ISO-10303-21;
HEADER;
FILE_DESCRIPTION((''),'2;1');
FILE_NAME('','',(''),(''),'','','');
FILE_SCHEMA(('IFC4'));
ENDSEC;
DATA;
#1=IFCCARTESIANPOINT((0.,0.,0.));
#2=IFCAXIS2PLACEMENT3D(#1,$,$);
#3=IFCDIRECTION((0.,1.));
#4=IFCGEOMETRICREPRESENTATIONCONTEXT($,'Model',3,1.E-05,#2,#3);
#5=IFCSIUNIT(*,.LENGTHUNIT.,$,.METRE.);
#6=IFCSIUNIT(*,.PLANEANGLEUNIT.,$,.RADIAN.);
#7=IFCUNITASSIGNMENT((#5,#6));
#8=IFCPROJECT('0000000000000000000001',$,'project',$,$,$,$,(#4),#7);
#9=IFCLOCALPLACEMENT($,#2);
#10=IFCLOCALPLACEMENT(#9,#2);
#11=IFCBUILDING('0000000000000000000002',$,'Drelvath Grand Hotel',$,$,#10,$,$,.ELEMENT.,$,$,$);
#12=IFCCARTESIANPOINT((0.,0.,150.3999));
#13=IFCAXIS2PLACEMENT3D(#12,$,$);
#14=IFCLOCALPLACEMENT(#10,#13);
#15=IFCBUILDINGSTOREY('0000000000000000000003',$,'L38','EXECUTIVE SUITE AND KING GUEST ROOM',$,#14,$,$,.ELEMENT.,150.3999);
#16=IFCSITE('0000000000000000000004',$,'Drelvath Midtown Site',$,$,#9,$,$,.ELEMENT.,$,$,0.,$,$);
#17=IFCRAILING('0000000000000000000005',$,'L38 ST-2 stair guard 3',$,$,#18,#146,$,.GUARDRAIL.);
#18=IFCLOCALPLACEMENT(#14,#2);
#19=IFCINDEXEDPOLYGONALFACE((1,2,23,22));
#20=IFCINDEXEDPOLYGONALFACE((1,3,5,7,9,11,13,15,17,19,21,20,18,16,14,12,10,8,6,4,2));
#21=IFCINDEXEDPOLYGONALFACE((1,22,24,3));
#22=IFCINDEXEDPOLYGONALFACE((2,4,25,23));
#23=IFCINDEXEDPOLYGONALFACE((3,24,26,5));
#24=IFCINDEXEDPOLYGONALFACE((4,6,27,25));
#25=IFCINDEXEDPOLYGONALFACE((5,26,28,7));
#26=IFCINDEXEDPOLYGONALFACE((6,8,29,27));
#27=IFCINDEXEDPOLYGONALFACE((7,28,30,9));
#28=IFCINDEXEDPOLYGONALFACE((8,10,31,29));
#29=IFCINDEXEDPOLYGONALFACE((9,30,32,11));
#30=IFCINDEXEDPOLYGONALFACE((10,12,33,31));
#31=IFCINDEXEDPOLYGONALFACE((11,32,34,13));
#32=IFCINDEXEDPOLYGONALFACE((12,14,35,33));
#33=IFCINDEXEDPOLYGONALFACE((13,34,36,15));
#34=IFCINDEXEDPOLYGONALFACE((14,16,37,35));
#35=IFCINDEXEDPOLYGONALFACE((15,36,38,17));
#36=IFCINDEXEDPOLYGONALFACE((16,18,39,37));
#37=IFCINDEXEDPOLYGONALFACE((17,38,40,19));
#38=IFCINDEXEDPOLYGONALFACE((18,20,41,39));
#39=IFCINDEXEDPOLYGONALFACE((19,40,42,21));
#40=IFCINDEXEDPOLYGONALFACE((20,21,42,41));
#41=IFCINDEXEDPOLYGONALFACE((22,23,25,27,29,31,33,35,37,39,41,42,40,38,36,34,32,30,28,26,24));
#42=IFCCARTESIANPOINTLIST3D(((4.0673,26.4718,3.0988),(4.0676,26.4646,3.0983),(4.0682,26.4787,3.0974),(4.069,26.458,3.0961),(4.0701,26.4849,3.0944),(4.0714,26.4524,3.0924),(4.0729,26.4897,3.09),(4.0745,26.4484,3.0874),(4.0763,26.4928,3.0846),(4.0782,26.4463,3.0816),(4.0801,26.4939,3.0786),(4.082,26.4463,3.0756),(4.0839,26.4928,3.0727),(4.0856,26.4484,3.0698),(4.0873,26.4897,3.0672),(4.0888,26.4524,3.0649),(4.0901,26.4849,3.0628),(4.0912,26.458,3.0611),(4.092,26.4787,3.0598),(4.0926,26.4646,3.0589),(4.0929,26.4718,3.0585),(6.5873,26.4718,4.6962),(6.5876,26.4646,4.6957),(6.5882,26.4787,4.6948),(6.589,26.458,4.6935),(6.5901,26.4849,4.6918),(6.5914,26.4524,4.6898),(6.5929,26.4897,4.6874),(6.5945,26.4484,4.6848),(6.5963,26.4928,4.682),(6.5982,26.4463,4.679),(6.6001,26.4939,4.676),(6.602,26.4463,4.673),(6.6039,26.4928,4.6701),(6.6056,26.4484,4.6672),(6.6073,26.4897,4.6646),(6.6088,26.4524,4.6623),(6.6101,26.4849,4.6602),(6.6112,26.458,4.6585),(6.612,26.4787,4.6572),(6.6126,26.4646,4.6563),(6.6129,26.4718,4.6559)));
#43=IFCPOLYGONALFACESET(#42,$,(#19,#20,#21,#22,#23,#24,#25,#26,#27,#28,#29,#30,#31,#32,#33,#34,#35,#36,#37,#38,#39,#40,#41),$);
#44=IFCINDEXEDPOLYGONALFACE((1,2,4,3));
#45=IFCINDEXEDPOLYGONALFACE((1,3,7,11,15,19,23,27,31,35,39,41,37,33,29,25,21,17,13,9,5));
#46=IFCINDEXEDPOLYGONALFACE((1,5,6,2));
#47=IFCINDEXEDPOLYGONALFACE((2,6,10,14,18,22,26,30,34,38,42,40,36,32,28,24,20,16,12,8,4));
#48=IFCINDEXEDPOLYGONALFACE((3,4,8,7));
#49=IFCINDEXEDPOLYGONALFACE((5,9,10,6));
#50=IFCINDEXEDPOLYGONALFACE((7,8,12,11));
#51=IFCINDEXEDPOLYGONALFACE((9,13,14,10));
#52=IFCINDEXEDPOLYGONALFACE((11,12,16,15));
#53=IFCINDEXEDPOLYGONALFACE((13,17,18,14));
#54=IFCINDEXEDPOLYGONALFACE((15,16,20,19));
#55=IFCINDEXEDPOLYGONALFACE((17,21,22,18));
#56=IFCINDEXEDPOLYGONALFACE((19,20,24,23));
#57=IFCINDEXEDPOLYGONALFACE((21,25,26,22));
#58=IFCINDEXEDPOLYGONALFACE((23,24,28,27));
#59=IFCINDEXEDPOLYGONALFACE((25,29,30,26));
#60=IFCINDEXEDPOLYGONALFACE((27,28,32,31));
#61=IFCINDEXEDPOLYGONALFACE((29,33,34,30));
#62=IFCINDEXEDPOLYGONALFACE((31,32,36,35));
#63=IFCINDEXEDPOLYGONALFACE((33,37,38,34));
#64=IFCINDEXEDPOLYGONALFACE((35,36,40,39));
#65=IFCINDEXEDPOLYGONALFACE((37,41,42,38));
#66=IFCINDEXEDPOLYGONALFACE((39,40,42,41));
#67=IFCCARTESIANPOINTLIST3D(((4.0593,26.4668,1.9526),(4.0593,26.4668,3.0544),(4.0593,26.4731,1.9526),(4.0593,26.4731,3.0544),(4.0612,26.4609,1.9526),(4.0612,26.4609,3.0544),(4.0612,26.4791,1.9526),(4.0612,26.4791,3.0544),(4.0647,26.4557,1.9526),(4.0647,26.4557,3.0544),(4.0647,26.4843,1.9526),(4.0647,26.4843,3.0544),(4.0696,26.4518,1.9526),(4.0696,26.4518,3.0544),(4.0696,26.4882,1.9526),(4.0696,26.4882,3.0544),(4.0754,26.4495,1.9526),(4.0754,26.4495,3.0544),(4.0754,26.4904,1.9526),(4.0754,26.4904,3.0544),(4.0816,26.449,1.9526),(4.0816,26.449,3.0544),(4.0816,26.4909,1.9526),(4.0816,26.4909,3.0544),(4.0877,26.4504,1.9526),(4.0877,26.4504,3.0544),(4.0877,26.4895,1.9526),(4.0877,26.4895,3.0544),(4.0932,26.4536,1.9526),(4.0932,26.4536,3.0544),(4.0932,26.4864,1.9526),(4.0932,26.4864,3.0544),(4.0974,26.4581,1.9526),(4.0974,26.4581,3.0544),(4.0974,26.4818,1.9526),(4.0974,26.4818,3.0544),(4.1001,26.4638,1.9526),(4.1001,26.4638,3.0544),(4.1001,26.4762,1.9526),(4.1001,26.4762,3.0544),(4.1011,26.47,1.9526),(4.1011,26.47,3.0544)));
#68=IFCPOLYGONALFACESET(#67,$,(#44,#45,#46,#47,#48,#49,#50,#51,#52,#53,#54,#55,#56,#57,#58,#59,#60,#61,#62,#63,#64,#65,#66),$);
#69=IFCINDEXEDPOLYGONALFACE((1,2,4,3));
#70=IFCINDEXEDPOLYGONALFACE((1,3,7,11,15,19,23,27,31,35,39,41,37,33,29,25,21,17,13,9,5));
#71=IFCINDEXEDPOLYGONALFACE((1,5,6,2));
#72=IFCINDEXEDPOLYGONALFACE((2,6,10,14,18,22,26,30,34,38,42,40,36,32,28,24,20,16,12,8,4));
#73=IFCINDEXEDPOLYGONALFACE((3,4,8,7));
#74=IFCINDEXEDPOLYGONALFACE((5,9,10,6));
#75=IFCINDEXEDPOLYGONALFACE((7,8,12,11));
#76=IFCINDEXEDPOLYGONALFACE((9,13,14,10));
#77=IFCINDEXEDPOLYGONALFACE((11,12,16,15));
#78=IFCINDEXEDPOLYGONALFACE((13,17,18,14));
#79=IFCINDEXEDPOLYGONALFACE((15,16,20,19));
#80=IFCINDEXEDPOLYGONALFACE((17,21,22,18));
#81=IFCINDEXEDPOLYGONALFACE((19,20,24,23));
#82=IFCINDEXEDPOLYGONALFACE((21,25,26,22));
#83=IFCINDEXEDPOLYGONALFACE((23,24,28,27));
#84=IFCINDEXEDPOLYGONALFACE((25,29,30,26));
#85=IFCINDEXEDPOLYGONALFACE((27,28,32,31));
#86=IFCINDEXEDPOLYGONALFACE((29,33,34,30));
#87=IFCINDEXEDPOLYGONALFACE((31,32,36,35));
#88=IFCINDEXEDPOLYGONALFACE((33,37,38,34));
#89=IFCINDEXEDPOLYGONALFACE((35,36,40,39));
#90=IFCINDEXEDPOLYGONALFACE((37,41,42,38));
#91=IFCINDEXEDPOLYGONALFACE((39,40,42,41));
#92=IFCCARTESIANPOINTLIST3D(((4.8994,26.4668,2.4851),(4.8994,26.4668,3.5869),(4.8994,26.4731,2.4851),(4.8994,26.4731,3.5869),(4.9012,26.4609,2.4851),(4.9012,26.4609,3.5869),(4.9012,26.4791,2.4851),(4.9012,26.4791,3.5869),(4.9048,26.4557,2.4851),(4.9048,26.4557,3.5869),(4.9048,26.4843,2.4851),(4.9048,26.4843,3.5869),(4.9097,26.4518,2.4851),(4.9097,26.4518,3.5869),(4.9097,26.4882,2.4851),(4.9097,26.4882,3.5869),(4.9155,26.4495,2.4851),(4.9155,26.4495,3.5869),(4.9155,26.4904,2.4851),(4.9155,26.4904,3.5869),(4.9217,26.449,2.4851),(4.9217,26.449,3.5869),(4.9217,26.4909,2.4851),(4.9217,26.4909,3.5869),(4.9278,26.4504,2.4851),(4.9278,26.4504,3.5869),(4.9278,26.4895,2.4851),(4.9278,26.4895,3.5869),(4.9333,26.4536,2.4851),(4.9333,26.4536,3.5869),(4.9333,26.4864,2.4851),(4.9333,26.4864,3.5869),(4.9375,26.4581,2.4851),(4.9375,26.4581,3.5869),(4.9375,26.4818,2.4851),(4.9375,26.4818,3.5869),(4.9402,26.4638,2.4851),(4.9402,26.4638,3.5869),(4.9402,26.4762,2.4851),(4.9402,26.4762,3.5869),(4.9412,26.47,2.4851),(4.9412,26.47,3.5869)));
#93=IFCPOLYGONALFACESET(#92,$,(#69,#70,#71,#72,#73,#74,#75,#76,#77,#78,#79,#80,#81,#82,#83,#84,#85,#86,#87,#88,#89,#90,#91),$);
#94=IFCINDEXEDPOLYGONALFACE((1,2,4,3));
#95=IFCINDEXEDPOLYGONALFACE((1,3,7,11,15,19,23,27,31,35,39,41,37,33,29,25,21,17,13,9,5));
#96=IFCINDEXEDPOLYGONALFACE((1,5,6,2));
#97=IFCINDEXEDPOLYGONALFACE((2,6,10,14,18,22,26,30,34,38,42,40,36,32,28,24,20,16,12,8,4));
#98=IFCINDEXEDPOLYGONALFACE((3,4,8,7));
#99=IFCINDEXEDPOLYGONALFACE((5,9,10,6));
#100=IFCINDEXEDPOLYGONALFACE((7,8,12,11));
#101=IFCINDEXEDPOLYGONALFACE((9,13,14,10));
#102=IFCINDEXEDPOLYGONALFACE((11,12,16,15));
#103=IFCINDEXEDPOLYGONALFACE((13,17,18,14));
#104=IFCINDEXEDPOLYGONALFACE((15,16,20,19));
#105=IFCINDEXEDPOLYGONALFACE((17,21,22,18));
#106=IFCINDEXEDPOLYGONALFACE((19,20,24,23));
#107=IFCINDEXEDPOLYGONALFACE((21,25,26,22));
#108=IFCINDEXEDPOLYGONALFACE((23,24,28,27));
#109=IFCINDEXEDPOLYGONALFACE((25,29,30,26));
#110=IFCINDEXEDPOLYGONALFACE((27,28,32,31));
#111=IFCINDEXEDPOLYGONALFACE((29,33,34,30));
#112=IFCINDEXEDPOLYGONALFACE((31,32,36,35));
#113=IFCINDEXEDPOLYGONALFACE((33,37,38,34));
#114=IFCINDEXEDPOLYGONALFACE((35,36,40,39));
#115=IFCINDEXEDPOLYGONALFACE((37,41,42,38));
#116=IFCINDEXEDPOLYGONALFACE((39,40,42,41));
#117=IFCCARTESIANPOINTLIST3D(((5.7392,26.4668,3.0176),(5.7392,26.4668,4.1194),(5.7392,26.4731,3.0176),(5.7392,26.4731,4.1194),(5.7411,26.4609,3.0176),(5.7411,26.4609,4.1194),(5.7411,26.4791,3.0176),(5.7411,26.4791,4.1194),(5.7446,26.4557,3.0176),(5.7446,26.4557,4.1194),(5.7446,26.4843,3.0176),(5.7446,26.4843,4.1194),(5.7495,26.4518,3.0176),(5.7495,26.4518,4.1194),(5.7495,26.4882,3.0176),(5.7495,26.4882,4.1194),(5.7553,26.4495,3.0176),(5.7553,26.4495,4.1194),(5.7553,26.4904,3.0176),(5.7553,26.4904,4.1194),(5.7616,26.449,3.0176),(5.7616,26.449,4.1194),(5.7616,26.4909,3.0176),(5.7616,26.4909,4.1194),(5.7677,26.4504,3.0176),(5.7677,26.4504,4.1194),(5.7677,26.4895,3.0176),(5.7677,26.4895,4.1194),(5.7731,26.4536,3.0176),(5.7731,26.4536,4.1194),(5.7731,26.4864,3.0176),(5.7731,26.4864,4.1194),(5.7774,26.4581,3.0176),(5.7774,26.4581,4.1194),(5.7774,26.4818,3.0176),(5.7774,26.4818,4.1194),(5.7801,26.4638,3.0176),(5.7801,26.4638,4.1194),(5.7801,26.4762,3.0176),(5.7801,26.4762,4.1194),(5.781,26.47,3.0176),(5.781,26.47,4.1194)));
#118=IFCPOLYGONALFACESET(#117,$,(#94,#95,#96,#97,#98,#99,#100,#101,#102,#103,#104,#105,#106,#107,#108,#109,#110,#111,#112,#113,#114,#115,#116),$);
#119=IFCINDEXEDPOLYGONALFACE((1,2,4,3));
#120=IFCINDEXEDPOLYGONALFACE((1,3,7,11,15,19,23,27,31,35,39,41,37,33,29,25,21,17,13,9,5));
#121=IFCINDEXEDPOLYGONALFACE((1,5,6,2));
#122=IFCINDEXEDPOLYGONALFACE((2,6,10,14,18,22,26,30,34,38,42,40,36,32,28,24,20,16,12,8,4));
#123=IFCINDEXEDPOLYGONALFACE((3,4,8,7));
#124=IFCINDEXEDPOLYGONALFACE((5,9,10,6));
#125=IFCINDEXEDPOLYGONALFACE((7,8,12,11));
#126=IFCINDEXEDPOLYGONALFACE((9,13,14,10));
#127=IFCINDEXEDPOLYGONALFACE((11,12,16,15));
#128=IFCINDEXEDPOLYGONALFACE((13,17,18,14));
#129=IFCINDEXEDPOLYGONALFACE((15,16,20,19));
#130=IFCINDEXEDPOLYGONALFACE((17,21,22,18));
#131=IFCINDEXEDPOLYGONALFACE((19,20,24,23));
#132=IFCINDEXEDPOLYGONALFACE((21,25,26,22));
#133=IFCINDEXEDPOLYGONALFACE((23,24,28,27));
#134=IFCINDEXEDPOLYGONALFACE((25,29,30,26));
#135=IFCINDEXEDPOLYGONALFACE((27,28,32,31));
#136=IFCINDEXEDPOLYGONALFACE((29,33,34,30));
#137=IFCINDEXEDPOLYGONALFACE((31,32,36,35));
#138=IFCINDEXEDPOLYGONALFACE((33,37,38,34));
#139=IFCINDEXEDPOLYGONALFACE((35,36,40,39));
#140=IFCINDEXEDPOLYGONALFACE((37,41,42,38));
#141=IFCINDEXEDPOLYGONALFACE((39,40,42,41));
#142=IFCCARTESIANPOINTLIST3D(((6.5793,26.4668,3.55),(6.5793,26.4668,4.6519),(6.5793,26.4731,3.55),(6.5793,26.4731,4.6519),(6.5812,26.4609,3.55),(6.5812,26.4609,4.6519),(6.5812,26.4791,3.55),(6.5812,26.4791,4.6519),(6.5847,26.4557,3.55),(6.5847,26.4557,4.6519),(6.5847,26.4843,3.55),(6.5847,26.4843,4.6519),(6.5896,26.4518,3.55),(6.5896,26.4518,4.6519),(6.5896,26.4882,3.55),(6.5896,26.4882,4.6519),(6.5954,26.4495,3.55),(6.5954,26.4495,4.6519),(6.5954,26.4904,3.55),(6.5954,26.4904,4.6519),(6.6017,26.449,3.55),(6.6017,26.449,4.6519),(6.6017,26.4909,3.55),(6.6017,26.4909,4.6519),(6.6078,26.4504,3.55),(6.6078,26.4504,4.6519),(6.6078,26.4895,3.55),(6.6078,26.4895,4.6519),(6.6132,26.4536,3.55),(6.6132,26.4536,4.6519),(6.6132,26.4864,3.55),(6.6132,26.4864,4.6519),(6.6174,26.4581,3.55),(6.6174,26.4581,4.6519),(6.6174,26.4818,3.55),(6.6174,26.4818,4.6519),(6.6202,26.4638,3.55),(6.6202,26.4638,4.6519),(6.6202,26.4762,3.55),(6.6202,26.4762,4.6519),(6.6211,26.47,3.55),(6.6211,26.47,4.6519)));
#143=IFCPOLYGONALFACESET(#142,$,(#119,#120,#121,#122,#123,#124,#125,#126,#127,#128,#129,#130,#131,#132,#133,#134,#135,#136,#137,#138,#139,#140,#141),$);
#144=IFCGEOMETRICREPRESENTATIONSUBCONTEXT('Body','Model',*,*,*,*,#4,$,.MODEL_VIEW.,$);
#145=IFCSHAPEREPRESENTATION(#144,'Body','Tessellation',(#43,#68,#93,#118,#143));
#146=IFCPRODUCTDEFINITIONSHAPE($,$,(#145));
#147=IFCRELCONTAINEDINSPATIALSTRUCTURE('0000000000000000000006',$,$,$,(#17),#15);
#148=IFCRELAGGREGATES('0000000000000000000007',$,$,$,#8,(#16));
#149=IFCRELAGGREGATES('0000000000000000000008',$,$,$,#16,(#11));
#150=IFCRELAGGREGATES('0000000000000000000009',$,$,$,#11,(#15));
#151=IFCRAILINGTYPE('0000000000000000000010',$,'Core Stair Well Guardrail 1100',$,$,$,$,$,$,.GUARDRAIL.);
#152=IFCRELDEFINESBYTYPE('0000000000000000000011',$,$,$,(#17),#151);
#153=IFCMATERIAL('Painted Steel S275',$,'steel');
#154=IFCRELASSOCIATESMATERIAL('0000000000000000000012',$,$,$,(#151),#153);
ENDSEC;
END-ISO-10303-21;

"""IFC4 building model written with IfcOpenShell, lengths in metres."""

from ifc_helpers import new_model, si_unit, direction, frame, origin, origin_2d, place, context, subcontext, project, spatial, circle, extrude, material, type_object, element, save


model = new_model("IFC4")

# Units and contexts
model_context = context("Model", 3, precision=1e-05, world=origin(), true_north=direction((0.0, 1.0)))
body_context = subcontext(model_context, "Body", "Model", "MODEL_VIEW")
ifc_project = project(units=[si_unit("LENGTHUNIT", "METRE"), si_unit("PLANEANGLEUNIT", "RADIAN")], contexts=[model_context])

# Site, building, storey
site_placement = place(None, origin())
site = spatial("IfcSite", under=ifc_project, at=site_placement, Name="Drelvath Midtown Site", CompositionType="ELEMENT", RefElevation=0.0)
building_placement = place(site_placement, origin())
building = spatial("IfcBuilding", under=site, at=building_placement, Name="Drelvath Grand Hotel", CompositionType="ELEMENT")
storey_placement = place(building_placement, frame((0.0, 0.0, 150.3999)))
storey = spatial("IfcBuildingStorey", under=building, at=storey_placement, Name="L38", Description="EXECUTIVE SUITE AND KING GUEST ROOM", CompositionType="ELEMENT", Elevation=150.3999)

# Railing
ifc_material_1 = material(Name="Painted Steel S275", Category="steel")
railing_type_1 = type_object("IfcRailingType", Name="Core Stair Well Guardrail 1100", PredefinedType="GUARDRAIL", material=ifc_material_1)
railing_1_placement = place(storey_placement, frame((4.0801, 26.47, 1.9526)))
element("IfcRailing", 1, at=railing_1_placement, inside=storey, type_object=railing_type_1, Name="L38 ST-2 stair guard 3", PredefinedType="GUARDRAIL", context=body_context, shape_type="SweptSolid", body=[
    extrude(circle(Radius=0.0239, at=origin_2d()), frame((0.0, 0.0, 1.126), z_axis=(0.844607, 0.0, 0.535387), x_axis=(0.0, 1.0, 0.0)), (0.0, 0.0, 1.0), 2.9836),
    extrude(circle(Radius=0.021, at=origin_2d()), origin(), (0.0, 0.0, 1.0), 1.1018),
    extrude(circle(Radius=0.021, at=origin_2d()), frame((0.8401, 0.0, 0.5325)), (0.0, 0.0, 1.0), 1.1018),
    extrude(circle(Radius=0.021, at=origin_2d()), frame((1.6799, 0.0, 1.0649)), (0.0, 0.0, 1.0), 1.1018),
    extrude(circle(Radius=0.021, at=origin_2d()), frame((2.52, 0.0, 1.5974)), (0.0, 0.0, 1.0), 1.1018),
])

save(model, "model.ifc")
